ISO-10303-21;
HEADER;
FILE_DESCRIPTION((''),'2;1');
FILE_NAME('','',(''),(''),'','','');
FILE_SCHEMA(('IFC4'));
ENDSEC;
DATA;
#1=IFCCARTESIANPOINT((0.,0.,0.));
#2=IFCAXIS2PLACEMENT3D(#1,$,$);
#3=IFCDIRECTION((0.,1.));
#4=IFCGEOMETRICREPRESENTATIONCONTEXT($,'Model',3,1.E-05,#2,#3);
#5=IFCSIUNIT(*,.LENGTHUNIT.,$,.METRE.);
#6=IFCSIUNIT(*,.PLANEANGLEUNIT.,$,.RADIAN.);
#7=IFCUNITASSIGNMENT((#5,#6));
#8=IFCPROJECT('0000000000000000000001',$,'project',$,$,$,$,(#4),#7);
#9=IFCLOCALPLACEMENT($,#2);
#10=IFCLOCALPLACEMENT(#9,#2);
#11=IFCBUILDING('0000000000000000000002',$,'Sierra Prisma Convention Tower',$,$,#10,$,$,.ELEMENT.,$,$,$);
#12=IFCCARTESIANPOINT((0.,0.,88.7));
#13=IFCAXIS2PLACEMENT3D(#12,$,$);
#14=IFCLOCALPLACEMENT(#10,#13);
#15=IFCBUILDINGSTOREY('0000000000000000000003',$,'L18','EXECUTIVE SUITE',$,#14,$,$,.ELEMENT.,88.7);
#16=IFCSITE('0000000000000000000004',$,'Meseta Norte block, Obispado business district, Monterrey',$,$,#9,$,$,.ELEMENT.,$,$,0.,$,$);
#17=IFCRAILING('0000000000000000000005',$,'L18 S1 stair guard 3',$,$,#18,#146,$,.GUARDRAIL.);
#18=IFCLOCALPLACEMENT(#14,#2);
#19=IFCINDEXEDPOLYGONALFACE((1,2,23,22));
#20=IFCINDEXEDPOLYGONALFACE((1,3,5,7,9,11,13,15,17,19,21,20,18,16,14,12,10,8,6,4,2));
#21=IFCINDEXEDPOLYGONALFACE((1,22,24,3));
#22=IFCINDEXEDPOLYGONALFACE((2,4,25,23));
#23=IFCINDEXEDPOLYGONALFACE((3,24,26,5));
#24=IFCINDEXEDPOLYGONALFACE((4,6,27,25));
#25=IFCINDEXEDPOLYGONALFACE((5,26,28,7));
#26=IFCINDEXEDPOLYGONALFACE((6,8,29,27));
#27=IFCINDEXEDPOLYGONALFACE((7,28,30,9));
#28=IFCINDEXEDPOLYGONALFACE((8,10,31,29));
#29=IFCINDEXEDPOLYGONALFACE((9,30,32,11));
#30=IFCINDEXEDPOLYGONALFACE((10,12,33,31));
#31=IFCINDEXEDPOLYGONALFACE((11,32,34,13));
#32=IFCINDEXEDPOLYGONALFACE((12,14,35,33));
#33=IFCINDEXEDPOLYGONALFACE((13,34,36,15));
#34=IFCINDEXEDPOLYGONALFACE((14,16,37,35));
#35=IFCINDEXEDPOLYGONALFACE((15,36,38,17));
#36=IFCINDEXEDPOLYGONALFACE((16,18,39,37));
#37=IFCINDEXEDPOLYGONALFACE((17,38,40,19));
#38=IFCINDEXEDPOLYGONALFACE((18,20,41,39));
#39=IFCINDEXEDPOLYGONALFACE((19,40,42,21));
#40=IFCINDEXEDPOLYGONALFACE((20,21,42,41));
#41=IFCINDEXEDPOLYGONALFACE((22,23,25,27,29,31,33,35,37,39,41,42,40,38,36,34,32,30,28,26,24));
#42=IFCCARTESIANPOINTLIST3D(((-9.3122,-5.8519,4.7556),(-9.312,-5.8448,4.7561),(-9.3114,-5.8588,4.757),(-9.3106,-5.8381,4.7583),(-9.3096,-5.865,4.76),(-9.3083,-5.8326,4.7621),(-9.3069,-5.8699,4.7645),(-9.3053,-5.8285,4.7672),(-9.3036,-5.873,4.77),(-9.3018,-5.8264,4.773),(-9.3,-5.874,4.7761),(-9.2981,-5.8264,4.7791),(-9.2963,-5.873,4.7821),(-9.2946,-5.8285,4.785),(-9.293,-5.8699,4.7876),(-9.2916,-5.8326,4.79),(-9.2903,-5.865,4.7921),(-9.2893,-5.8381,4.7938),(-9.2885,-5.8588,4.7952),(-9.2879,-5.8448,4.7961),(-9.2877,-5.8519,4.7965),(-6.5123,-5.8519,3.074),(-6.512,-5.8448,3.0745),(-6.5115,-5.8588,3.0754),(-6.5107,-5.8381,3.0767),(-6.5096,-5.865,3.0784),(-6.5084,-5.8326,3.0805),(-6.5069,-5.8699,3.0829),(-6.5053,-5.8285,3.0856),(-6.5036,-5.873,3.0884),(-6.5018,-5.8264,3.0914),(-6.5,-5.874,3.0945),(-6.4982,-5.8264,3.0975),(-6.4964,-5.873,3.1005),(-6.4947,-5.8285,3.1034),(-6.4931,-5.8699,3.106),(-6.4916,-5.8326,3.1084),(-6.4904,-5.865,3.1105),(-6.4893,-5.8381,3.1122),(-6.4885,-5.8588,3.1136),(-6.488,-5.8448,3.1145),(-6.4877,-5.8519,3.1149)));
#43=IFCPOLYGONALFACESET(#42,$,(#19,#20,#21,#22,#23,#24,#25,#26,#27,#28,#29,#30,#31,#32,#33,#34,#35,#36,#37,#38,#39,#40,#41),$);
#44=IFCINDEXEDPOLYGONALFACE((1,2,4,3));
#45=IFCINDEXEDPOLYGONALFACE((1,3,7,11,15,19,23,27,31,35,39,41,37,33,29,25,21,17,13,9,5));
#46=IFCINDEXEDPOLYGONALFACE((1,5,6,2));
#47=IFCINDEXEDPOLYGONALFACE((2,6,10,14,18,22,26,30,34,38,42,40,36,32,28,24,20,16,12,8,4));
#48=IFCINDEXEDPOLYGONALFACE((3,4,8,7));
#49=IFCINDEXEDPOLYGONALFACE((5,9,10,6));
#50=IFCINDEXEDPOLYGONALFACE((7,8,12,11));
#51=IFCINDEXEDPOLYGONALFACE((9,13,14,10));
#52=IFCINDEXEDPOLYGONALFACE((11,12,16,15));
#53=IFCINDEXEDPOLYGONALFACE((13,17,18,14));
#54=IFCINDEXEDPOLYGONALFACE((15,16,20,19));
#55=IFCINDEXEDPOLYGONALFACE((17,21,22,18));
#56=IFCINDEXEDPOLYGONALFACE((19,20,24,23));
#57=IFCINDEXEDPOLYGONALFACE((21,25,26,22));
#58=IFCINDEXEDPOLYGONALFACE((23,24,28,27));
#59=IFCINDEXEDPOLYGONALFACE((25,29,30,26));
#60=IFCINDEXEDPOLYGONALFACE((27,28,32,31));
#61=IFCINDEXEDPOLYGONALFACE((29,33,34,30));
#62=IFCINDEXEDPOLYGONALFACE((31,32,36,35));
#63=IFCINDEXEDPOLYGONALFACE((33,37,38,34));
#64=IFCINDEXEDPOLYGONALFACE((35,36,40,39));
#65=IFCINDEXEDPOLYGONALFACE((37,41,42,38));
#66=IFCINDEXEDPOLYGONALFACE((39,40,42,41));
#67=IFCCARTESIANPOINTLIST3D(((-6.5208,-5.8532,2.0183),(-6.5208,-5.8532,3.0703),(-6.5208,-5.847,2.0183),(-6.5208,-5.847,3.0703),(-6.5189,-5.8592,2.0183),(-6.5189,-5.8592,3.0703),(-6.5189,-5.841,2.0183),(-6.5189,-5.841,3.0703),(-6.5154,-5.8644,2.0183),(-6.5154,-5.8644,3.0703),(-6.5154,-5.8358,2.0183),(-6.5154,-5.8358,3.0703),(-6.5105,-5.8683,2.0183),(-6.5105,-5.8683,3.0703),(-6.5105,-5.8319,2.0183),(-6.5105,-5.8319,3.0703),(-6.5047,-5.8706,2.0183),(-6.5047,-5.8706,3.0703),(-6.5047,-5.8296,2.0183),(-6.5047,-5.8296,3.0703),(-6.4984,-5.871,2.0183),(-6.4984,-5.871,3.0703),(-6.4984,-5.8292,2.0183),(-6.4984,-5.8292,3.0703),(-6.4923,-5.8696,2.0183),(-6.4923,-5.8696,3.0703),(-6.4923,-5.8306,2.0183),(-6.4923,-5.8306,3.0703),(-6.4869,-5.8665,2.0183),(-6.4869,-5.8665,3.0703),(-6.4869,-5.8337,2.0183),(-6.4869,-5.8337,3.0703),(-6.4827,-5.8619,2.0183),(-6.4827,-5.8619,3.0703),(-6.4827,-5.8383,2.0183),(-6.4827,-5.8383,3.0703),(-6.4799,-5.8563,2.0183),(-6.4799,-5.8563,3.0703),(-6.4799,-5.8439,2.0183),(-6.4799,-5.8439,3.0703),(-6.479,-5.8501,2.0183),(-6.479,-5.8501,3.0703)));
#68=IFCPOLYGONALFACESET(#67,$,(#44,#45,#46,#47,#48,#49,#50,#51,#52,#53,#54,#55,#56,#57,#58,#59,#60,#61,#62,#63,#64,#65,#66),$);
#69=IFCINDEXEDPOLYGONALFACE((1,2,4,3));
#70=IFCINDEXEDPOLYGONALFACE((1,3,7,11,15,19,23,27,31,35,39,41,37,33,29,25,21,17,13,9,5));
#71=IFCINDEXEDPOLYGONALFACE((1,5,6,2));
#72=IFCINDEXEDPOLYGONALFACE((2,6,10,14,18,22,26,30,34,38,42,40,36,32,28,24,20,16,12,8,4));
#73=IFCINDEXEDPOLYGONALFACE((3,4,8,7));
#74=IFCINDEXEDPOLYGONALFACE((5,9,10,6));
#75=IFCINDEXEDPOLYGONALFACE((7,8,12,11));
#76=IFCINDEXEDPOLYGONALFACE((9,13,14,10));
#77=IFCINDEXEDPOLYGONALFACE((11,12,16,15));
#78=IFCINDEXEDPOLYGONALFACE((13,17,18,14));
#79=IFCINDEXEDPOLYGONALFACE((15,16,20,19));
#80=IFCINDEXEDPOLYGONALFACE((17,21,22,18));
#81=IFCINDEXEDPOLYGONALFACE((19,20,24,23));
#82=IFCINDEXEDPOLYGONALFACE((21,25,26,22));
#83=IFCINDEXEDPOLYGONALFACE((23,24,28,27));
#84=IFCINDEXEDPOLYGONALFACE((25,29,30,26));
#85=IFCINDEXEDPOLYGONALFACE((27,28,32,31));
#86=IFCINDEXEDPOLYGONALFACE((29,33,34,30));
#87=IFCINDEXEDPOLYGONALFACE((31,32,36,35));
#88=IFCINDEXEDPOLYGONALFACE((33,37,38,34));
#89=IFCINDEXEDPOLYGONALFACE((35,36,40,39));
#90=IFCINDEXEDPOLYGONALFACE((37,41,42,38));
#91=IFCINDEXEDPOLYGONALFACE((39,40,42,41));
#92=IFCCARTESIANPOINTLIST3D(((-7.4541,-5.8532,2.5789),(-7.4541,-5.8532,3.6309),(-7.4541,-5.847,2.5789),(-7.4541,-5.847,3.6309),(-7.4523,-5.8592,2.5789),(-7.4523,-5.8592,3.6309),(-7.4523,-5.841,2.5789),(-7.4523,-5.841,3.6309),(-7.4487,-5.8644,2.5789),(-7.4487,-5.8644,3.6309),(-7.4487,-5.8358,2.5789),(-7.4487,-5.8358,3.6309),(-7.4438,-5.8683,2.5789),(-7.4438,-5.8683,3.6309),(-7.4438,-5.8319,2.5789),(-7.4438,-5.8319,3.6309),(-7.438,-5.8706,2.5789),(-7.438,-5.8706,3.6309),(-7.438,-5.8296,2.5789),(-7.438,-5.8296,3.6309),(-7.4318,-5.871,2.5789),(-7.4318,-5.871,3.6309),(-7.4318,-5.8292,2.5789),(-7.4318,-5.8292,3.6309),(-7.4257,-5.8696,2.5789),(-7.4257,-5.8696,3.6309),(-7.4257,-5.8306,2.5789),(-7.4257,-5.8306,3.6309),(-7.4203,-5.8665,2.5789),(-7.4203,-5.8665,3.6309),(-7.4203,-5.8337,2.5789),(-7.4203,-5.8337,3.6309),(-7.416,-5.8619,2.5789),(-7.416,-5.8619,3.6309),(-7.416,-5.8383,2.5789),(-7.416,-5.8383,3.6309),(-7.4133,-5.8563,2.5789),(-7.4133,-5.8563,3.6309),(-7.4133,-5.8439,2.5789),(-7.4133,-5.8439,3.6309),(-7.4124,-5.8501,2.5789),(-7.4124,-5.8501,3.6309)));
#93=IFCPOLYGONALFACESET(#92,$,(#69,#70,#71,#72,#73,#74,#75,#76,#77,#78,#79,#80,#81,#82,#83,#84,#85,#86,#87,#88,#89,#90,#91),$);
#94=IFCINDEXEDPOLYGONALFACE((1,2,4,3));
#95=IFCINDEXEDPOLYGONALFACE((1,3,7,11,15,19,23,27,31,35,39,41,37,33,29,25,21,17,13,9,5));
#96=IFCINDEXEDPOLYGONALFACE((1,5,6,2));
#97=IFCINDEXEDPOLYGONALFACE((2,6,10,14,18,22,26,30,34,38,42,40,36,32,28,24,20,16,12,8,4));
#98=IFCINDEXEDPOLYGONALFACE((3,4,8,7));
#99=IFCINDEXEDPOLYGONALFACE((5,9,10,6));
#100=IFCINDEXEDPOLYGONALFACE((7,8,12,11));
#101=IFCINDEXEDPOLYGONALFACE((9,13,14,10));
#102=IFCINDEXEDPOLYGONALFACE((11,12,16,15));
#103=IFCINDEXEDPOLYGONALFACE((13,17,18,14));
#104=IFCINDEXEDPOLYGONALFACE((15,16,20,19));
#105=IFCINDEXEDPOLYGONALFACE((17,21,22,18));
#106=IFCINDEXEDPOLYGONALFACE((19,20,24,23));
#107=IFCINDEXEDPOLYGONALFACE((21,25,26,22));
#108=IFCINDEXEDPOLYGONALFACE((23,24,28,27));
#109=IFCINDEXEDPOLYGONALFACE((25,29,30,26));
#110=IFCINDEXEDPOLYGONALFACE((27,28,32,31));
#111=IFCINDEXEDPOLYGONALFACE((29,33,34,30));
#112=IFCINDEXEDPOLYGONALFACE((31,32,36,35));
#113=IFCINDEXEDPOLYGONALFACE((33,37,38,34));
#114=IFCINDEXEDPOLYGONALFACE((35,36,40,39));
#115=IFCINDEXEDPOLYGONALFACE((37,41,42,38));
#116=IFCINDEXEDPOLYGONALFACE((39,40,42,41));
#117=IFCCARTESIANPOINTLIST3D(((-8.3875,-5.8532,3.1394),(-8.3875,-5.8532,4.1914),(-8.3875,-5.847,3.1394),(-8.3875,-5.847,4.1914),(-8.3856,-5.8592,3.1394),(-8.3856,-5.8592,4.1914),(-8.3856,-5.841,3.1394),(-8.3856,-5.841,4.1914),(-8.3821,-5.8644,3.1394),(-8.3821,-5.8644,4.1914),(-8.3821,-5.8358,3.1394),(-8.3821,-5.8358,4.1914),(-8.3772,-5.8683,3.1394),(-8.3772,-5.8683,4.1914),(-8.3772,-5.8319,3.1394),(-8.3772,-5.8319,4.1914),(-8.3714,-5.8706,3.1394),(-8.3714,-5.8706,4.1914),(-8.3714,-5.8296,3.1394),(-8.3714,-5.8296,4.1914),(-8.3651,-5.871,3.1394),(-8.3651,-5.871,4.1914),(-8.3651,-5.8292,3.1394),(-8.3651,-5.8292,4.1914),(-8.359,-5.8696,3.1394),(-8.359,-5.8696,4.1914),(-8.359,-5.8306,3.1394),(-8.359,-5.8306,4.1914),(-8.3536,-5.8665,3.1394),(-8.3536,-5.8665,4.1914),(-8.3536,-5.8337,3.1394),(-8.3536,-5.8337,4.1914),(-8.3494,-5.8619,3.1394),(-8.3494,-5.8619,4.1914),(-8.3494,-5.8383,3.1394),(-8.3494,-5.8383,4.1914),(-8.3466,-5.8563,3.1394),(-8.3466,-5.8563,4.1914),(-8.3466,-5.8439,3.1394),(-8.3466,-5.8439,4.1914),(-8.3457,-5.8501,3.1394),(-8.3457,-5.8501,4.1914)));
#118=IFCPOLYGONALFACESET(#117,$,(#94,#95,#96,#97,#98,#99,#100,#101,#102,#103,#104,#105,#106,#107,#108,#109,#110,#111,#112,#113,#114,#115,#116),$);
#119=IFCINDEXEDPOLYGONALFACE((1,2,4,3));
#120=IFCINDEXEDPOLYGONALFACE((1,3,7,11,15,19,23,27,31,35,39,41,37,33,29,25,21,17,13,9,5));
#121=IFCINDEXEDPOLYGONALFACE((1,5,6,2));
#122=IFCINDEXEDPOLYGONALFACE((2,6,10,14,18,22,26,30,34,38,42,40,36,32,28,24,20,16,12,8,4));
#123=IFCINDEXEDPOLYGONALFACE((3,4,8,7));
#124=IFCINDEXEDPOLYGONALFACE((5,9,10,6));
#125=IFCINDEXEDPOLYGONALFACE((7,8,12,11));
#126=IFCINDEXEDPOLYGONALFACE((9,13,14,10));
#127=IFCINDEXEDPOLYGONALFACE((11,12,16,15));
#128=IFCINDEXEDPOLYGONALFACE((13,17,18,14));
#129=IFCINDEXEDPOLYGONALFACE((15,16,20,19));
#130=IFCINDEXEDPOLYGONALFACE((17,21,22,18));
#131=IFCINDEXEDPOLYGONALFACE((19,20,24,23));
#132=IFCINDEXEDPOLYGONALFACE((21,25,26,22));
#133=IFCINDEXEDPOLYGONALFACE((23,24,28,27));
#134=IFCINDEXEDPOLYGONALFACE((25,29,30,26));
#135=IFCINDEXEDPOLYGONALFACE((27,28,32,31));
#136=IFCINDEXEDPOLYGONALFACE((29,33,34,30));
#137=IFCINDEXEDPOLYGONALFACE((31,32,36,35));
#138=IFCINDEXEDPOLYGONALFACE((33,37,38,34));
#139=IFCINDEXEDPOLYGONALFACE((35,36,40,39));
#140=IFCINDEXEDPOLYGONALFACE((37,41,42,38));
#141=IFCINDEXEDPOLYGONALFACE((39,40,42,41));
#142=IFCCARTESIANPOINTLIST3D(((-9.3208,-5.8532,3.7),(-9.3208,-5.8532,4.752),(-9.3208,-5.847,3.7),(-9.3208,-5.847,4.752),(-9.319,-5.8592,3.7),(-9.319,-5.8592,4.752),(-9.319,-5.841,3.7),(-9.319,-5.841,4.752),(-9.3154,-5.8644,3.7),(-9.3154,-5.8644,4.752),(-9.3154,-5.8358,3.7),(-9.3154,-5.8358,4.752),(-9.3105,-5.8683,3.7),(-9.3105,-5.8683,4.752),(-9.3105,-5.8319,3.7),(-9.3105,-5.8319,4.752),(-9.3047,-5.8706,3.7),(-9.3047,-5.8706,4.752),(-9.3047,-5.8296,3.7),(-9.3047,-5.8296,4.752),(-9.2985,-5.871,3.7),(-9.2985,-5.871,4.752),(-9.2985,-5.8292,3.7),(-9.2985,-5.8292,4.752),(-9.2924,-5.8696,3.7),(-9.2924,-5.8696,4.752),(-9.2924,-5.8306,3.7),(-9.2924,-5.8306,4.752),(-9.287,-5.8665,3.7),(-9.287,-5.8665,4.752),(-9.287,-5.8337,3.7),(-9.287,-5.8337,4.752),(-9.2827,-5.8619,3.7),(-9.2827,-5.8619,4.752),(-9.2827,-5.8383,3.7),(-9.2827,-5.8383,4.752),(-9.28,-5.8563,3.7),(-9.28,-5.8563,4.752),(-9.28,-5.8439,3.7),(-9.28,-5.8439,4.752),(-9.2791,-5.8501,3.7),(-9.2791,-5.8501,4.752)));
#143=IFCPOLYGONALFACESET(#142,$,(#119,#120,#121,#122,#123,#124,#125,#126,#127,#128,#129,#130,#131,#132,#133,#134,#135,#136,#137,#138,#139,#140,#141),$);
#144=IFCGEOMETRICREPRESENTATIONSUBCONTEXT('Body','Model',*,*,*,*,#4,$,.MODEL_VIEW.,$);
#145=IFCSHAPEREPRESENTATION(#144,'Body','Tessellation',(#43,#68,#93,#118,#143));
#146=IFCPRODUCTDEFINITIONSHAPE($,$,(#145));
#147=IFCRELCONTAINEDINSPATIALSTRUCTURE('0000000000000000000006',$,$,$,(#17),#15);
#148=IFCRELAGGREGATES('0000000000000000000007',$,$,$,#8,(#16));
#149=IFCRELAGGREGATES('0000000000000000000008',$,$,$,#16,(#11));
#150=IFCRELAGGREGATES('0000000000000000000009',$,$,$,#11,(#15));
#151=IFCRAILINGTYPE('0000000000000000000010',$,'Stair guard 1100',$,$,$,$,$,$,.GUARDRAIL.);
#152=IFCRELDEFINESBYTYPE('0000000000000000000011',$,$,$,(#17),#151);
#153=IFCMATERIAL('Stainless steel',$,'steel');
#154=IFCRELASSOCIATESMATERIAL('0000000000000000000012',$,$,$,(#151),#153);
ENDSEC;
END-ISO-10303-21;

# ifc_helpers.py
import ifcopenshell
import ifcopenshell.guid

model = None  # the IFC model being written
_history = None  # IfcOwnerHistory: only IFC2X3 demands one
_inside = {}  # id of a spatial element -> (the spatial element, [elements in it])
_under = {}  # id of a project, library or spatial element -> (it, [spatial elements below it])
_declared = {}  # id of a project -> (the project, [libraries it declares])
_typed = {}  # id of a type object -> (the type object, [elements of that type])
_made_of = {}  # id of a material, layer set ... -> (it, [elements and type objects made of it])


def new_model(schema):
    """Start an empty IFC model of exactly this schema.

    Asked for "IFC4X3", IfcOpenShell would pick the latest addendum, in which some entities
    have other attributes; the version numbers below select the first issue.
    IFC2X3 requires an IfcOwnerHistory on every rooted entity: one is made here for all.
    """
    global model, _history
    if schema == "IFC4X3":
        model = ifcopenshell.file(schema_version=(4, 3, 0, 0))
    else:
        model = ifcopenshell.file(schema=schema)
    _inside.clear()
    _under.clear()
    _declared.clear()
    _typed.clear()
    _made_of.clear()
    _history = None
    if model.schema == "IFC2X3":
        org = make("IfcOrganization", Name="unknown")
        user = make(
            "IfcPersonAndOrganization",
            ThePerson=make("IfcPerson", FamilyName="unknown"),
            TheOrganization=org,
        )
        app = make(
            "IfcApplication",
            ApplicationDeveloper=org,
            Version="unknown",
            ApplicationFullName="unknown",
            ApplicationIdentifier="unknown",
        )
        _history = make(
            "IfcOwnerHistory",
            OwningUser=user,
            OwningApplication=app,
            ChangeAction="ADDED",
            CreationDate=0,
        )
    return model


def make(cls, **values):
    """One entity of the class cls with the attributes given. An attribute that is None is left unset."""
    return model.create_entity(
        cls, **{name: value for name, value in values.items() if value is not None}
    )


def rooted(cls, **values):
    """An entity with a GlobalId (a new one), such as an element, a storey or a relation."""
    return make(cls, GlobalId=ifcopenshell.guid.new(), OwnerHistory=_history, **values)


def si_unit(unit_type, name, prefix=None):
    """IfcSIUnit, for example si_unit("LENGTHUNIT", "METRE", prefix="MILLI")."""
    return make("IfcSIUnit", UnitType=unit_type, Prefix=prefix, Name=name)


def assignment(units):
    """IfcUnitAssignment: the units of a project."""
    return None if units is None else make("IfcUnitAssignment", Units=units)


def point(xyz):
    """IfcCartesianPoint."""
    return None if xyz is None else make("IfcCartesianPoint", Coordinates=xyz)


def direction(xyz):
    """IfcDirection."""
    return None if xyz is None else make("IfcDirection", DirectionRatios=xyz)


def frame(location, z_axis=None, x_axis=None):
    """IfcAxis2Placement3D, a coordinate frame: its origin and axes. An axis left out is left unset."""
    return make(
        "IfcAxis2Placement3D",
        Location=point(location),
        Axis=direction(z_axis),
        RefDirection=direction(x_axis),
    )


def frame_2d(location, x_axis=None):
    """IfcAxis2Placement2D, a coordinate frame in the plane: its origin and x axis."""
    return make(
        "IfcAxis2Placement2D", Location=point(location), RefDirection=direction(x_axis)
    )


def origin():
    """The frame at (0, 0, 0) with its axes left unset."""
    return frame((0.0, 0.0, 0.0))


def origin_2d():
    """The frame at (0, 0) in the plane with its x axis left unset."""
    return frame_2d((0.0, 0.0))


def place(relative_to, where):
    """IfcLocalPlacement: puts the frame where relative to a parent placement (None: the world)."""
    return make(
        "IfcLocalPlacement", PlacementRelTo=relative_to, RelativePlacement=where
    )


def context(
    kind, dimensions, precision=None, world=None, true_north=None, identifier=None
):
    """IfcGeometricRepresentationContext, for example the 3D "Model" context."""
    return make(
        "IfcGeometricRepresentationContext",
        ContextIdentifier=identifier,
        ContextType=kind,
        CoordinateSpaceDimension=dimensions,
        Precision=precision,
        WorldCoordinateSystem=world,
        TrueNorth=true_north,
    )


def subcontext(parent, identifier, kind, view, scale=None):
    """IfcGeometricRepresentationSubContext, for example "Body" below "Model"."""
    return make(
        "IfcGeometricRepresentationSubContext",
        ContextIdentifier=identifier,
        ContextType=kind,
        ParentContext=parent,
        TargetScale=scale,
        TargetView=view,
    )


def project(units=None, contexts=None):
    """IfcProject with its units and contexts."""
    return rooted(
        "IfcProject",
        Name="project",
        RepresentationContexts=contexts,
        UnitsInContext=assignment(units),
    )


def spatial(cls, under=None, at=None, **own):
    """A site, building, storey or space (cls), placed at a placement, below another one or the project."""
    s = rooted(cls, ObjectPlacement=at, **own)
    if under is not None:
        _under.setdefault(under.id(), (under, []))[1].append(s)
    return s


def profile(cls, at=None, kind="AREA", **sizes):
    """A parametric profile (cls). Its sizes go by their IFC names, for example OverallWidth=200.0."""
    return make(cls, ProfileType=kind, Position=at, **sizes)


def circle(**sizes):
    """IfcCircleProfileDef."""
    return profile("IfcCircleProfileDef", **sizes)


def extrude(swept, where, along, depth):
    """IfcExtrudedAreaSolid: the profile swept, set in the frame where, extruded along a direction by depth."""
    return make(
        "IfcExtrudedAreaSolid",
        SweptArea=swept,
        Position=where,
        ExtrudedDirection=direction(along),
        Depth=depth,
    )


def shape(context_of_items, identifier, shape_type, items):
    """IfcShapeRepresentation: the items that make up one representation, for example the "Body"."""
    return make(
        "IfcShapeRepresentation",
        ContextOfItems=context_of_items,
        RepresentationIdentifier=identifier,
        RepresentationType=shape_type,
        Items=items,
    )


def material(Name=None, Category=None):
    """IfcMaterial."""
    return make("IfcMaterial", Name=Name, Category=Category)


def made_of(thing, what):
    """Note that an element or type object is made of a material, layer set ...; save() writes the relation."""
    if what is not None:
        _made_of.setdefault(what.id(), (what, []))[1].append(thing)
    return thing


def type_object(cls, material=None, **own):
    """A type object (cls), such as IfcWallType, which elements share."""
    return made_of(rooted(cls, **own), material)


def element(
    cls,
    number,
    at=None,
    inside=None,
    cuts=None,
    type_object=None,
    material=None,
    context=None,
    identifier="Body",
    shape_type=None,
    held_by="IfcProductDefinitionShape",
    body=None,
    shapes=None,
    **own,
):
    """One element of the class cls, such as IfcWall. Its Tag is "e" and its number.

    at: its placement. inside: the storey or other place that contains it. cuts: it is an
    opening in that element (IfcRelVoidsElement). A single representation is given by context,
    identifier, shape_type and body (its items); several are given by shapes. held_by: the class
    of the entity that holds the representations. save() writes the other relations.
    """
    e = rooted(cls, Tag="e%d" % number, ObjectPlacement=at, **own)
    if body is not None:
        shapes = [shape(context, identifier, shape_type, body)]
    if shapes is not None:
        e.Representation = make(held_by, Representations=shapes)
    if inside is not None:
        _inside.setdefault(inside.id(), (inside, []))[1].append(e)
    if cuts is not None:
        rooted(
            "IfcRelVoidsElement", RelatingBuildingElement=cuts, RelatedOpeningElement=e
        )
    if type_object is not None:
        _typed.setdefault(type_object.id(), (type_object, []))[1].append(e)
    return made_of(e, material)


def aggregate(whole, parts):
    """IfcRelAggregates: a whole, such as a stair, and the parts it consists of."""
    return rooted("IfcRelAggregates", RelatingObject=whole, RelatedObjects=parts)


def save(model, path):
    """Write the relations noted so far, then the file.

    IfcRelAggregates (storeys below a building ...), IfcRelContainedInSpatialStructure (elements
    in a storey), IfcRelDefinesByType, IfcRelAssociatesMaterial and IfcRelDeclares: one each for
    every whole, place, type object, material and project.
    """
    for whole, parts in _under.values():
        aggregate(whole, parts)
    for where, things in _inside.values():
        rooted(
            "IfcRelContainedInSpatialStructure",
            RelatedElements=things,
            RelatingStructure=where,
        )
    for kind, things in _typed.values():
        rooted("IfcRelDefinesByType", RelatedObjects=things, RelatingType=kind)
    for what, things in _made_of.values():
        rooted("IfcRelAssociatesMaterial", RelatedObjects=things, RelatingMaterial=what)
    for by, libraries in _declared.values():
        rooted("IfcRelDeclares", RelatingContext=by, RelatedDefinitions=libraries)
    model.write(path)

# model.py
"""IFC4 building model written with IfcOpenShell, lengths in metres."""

from ifc_helpers import new_model, si_unit, direction, frame, origin, origin_2d, place, context, subcontext, project, spatial, circle, extrude, material, type_object, element, save


model = new_model("IFC4")

# Units and contexts
model_context = context("Model", 3, precision=1e-05, world=origin(), true_north=direction((0.0, 1.0)))
body_context = subcontext(model_context, "Body", "Model", "MODEL_VIEW")
ifc_project = project(units=[si_unit("LENGTHUNIT", "METRE"), si_unit("PLANEANGLEUNIT", "RADIAN")], contexts=[model_context])

# Site, building, storey
site_placement = place(None, origin())
site = spatial("IfcSite", under=ifc_project, at=site_placement, Name="Meseta Norte block, Obispado business district, Monterrey", CompositionType="ELEMENT", RefElevation=0.0)
building_placement = place(site_placement, origin())
building = spatial("IfcBuilding", under=site, at=building_placement, Name="Sierra Prisma Convention Tower", CompositionType="ELEMENT")
storey_placement = place(building_placement, frame((0.0, 0.0, 88.7)))
storey = spatial("IfcBuildingStorey", under=building, at=storey_placement, Name="L18", Description="EXECUTIVE SUITE", CompositionType="ELEMENT", Elevation=88.7)

# Railing
ifc_material_1 = material(Name="Stainless steel", Category="steel")
railing_type_1 = type_object("IfcRailingType", Name="Stair guard 1100", PredefinedType="GUARDRAIL", material=ifc_material_1)
railing_1_placement = place(storey_placement, frame((-6.5, -5.8501, 2.0183)))
element("IfcRailing", 1, at=railing_1_placement, inside=storey, type_object=railing_type_1, Name="L18 S1 stair guard 3", PredefinedType="GUARDRAIL", context=body_context, shape_type="SweptSolid", body=[
    extrude(circle(Radius=0.0239, at=origin_2d()), frame((0.0, 0.0, 1.0762), z_axis=(-0.857275, 0.0, 0.514858), x_axis=(0.0, -1.0, 0.0)), (0.0, 0.0, 1.0), 3.2661),
    extrude(circle(Radius=0.021, at=origin_2d()), origin(), (0.0, 0.0, 1.0), 1.052),
    extrude(circle(Radius=0.021, at=origin_2d()), frame((-0.9333, 0.0, 0.5605)), (0.0, 0.0, 1.0), 1.052),
    extrude(circle(Radius=0.021, at=origin_2d()), frame((-1.8667, 0.0, 1.1211)), (0.0, 0.0, 1.0), 1.052),
    extrude(circle(Radius=0.021, at=origin_2d()), frame((-2.8, 0.0, 1.6816)), (0.0, 0.0, 1.0), 1.052),
])

save(model, "model.ifc")
